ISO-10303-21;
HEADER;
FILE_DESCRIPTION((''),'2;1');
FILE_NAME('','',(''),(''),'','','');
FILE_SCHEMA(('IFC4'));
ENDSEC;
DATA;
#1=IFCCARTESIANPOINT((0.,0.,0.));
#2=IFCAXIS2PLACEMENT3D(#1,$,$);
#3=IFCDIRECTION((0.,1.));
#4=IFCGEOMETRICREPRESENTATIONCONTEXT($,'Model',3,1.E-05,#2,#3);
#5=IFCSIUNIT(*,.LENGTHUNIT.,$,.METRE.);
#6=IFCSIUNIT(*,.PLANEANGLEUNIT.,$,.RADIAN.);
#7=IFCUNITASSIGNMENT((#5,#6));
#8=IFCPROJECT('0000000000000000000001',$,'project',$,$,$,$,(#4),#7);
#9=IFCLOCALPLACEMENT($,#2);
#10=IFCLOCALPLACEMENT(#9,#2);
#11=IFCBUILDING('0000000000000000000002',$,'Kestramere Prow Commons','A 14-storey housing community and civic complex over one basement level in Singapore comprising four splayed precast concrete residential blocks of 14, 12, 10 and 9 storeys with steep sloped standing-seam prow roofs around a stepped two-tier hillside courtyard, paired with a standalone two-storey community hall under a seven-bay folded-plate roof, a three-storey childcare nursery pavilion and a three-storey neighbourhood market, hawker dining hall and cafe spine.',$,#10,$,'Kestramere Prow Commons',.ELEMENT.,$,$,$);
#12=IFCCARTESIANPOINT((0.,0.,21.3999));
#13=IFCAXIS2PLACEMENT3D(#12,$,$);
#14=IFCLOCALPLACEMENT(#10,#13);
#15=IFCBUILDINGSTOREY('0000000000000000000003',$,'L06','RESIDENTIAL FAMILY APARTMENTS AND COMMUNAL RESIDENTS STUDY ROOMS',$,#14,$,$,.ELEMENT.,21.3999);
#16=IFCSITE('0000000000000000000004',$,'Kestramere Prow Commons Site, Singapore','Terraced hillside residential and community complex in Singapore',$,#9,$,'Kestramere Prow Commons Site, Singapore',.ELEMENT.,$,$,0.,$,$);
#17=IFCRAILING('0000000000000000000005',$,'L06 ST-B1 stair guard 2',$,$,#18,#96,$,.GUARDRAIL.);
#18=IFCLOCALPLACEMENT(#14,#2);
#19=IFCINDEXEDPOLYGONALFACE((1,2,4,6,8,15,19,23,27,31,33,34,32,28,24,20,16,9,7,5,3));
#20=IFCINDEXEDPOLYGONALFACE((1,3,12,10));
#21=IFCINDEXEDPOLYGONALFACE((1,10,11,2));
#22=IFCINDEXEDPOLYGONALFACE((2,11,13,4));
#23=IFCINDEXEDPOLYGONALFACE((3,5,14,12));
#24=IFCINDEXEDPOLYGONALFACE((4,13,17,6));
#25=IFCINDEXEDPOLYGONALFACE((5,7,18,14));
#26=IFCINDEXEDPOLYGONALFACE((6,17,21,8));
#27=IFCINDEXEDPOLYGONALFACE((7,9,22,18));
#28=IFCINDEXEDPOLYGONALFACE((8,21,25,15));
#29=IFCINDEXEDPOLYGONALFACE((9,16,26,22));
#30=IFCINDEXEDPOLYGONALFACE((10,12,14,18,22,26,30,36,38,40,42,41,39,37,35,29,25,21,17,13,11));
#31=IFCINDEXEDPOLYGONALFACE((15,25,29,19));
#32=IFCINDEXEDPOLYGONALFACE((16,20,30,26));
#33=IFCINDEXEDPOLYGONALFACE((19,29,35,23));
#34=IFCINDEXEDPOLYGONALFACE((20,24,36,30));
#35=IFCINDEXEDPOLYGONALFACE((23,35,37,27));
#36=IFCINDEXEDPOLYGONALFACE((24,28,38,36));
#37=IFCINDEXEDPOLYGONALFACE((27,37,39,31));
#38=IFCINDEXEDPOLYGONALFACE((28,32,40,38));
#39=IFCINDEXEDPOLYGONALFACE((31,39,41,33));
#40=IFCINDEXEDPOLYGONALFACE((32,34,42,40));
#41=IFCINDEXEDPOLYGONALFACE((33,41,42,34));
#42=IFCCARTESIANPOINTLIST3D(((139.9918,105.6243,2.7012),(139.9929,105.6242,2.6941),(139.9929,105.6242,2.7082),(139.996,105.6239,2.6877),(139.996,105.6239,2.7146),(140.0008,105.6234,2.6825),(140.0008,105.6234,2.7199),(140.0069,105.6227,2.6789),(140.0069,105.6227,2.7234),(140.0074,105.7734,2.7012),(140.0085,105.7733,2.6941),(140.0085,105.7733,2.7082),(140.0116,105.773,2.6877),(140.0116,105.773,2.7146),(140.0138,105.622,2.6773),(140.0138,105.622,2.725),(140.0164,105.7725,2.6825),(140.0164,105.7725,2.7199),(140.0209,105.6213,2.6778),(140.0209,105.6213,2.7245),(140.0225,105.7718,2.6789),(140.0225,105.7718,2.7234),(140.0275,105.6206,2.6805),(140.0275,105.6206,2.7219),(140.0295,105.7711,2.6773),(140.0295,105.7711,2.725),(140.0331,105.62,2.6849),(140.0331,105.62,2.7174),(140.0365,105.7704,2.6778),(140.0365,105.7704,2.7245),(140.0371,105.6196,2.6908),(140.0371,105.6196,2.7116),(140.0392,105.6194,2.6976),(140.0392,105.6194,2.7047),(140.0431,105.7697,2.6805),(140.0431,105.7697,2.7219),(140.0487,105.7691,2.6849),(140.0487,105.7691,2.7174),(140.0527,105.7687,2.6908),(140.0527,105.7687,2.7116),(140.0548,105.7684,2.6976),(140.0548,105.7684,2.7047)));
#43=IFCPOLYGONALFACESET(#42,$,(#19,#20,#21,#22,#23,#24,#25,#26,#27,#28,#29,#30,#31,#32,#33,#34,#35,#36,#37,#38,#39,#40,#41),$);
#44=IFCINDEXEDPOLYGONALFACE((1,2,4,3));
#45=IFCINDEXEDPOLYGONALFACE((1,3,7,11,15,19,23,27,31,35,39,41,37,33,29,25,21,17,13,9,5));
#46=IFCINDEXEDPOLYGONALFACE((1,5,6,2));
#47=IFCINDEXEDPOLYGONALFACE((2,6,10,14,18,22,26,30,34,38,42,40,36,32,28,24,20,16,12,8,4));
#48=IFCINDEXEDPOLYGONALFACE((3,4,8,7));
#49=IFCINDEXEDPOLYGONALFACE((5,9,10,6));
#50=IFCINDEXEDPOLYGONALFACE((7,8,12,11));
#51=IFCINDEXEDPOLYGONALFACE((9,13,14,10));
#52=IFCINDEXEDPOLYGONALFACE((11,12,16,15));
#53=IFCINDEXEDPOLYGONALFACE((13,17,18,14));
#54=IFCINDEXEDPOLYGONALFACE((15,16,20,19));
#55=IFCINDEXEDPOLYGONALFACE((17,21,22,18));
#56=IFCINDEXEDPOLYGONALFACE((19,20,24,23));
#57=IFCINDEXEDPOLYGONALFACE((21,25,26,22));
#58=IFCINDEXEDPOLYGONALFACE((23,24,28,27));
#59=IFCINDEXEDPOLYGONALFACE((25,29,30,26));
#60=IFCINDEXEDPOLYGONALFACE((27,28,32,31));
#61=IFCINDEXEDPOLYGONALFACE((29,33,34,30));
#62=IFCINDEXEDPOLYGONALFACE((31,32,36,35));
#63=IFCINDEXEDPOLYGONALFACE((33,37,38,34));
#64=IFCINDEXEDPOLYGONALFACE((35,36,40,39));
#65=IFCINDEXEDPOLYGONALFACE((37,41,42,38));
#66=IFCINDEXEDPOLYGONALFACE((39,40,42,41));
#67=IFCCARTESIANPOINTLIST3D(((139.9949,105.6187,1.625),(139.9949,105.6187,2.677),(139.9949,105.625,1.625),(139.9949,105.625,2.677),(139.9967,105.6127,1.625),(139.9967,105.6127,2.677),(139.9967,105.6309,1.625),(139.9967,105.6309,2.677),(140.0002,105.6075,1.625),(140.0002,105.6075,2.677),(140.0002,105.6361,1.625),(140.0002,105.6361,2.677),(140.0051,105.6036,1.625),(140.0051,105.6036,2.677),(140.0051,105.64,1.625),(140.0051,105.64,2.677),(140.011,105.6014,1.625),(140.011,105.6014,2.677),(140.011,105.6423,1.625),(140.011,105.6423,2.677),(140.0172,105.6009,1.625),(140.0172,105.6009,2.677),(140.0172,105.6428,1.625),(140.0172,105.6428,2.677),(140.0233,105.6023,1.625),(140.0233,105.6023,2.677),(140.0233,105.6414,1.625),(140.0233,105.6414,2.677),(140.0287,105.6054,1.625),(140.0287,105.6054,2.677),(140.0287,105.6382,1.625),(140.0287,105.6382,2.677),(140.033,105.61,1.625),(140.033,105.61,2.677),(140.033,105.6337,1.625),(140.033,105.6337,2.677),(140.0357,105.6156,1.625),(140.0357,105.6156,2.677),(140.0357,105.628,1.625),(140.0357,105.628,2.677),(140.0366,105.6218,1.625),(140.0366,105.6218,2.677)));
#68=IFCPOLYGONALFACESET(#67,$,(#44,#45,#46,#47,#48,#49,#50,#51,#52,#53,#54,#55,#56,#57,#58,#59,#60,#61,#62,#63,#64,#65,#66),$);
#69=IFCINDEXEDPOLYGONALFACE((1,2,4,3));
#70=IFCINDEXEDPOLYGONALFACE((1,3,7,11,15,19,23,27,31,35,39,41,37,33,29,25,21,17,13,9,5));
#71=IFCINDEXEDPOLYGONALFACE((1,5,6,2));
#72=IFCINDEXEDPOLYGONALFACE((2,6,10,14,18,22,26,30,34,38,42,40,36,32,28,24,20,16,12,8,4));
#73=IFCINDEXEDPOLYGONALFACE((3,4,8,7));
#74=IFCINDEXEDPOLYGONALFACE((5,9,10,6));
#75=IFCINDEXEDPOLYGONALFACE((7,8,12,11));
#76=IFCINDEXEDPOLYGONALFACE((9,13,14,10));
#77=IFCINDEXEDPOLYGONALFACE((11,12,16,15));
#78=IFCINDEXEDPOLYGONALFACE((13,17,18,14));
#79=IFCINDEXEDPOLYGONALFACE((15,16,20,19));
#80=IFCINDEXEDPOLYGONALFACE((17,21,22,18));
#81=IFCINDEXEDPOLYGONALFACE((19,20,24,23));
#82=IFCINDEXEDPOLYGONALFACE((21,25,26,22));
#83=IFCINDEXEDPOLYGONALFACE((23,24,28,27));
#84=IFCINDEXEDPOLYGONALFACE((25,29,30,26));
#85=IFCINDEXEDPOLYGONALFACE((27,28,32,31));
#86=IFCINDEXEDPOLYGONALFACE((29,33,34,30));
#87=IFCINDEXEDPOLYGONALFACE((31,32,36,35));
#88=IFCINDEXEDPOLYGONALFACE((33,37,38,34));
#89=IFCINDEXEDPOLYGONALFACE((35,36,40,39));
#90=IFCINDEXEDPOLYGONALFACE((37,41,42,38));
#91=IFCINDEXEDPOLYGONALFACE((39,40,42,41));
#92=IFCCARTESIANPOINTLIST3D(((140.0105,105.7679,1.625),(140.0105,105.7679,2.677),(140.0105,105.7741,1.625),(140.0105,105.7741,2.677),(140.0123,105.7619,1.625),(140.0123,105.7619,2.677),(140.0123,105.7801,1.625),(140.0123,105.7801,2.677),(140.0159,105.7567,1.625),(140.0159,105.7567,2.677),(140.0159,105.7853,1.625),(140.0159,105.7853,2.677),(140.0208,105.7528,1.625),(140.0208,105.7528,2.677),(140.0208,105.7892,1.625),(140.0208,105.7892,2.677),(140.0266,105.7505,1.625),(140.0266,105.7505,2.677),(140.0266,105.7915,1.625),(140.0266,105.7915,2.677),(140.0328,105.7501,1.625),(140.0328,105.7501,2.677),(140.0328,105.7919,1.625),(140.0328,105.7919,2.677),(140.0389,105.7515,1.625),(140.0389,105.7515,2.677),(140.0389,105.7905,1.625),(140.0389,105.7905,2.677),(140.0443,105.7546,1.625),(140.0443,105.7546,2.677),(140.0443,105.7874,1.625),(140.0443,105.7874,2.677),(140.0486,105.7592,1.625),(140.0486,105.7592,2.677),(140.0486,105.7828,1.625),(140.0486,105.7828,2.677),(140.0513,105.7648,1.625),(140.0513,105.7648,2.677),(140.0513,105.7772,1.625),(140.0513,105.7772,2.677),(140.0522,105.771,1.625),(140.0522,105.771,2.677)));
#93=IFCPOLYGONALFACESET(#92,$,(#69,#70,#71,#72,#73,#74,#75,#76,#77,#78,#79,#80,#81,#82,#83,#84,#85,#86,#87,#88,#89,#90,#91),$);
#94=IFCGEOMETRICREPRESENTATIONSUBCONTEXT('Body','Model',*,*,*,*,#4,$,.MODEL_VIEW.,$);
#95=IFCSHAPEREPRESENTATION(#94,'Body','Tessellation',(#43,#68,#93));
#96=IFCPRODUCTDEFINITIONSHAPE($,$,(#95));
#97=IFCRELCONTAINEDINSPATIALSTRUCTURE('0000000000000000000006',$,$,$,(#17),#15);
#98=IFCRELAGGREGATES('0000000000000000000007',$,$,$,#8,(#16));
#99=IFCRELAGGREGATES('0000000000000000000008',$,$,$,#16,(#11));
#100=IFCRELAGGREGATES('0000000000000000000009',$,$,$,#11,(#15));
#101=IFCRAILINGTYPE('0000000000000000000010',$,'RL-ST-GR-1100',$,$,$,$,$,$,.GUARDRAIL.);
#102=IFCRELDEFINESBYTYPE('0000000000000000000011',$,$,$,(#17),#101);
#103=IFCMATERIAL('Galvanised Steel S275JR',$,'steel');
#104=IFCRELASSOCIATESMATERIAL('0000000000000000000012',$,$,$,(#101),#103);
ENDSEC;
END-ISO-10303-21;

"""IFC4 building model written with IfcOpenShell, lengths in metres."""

from ifc_helpers import new_model, si_unit, direction, frame, origin, origin_2d, place, context, subcontext, project, spatial, circle, extrude, material, type_object, element, save


model = new_model("IFC4")

# Units and contexts
model_context = context("Model", 3, precision=1e-05, world=origin(), true_north=direction((0.0, 1.0)))
body_context = subcontext(model_context, "Body", "Model", "MODEL_VIEW")
ifc_project = project(units=[si_unit("LENGTHUNIT", "METRE"), si_unit("PLANEANGLEUNIT", "RADIAN")], contexts=[model_context])

# Site, building, storey
site_placement = place(None, origin())
site = spatial("IfcSite", under=ifc_project, at=site_placement, Name="Kestramere Prow Commons Site, Singapore", Description="Terraced hillside residential and community complex in Singapore", LongName="Kestramere Prow Commons Site, Singapore", CompositionType="ELEMENT", RefElevation=0.0)
building_placement = place(site_placement, origin())
building = spatial("IfcBuilding", under=site, at=building_placement, Name="Kestramere Prow Commons", Description="A 14-storey housing community and civic complex over one basement level in Singapore comprising four splayed precast concrete residential blocks of 14, 12, 10 and 9 storeys with steep sloped standing-seam prow roofs around a stepped two-tier hillside courtyard, paired with a standalone two-storey community hall under a seven-bay folded-plate roof, a three-storey childcare nursery pavilion and a three-storey neighbourhood market, hawker dining hall and cafe spine.", LongName="Kestramere Prow Commons", CompositionType="ELEMENT")
storey_placement = place(building_placement, frame((0.0, 0.0, 21.3999)))
storey = spatial("IfcBuildingStorey", under=building, at=storey_placement, Name="L06", Description="RESIDENTIAL FAMILY APARTMENTS AND COMMUNAL RESIDENTS STUDY ROOMS", CompositionType="ELEMENT", Elevation=21.3999)

# Railing
ifc_material_1 = material(Name="Galvanised Steel S275JR", Category="steel")
railing_type_1 = type_object("IfcRailingType", Name="RL-ST-GR-1100", PredefinedType="GUARDRAIL", material=ifc_material_1)
railing_1_placement = place(storey_placement, frame((140.0156, 105.6218, 1.625)))
element("IfcRailing", 1, at=railing_1_placement, inside=storey, type_object=railing_type_1, Name="L06 ST-B1 stair guard 2", PredefinedType="GUARDRAIL", context=body_context, shape_type="SweptSolid", body=[
    extrude(circle(Radius=0.0239, at=origin_2d()), frame((0.0, 0.0, 1.0762), z_axis=(0.104176, 0.994559, 0.0), x_axis=(-0.994559, 0.104176, 0.0)), (0.0, 0.0, 1.0), 0.1499),
    extrude(circle(Radius=0.021, at=origin_2d()), origin(), (0.0, 0.0, 1.0), 1.052),
    extrude(circle(Radius=0.021, at=origin_2d()), frame((0.0156, 0.1492, 0.0)), (0.0, 0.0, 1.0), 1.052),
])

save(model, "model.ifc")
